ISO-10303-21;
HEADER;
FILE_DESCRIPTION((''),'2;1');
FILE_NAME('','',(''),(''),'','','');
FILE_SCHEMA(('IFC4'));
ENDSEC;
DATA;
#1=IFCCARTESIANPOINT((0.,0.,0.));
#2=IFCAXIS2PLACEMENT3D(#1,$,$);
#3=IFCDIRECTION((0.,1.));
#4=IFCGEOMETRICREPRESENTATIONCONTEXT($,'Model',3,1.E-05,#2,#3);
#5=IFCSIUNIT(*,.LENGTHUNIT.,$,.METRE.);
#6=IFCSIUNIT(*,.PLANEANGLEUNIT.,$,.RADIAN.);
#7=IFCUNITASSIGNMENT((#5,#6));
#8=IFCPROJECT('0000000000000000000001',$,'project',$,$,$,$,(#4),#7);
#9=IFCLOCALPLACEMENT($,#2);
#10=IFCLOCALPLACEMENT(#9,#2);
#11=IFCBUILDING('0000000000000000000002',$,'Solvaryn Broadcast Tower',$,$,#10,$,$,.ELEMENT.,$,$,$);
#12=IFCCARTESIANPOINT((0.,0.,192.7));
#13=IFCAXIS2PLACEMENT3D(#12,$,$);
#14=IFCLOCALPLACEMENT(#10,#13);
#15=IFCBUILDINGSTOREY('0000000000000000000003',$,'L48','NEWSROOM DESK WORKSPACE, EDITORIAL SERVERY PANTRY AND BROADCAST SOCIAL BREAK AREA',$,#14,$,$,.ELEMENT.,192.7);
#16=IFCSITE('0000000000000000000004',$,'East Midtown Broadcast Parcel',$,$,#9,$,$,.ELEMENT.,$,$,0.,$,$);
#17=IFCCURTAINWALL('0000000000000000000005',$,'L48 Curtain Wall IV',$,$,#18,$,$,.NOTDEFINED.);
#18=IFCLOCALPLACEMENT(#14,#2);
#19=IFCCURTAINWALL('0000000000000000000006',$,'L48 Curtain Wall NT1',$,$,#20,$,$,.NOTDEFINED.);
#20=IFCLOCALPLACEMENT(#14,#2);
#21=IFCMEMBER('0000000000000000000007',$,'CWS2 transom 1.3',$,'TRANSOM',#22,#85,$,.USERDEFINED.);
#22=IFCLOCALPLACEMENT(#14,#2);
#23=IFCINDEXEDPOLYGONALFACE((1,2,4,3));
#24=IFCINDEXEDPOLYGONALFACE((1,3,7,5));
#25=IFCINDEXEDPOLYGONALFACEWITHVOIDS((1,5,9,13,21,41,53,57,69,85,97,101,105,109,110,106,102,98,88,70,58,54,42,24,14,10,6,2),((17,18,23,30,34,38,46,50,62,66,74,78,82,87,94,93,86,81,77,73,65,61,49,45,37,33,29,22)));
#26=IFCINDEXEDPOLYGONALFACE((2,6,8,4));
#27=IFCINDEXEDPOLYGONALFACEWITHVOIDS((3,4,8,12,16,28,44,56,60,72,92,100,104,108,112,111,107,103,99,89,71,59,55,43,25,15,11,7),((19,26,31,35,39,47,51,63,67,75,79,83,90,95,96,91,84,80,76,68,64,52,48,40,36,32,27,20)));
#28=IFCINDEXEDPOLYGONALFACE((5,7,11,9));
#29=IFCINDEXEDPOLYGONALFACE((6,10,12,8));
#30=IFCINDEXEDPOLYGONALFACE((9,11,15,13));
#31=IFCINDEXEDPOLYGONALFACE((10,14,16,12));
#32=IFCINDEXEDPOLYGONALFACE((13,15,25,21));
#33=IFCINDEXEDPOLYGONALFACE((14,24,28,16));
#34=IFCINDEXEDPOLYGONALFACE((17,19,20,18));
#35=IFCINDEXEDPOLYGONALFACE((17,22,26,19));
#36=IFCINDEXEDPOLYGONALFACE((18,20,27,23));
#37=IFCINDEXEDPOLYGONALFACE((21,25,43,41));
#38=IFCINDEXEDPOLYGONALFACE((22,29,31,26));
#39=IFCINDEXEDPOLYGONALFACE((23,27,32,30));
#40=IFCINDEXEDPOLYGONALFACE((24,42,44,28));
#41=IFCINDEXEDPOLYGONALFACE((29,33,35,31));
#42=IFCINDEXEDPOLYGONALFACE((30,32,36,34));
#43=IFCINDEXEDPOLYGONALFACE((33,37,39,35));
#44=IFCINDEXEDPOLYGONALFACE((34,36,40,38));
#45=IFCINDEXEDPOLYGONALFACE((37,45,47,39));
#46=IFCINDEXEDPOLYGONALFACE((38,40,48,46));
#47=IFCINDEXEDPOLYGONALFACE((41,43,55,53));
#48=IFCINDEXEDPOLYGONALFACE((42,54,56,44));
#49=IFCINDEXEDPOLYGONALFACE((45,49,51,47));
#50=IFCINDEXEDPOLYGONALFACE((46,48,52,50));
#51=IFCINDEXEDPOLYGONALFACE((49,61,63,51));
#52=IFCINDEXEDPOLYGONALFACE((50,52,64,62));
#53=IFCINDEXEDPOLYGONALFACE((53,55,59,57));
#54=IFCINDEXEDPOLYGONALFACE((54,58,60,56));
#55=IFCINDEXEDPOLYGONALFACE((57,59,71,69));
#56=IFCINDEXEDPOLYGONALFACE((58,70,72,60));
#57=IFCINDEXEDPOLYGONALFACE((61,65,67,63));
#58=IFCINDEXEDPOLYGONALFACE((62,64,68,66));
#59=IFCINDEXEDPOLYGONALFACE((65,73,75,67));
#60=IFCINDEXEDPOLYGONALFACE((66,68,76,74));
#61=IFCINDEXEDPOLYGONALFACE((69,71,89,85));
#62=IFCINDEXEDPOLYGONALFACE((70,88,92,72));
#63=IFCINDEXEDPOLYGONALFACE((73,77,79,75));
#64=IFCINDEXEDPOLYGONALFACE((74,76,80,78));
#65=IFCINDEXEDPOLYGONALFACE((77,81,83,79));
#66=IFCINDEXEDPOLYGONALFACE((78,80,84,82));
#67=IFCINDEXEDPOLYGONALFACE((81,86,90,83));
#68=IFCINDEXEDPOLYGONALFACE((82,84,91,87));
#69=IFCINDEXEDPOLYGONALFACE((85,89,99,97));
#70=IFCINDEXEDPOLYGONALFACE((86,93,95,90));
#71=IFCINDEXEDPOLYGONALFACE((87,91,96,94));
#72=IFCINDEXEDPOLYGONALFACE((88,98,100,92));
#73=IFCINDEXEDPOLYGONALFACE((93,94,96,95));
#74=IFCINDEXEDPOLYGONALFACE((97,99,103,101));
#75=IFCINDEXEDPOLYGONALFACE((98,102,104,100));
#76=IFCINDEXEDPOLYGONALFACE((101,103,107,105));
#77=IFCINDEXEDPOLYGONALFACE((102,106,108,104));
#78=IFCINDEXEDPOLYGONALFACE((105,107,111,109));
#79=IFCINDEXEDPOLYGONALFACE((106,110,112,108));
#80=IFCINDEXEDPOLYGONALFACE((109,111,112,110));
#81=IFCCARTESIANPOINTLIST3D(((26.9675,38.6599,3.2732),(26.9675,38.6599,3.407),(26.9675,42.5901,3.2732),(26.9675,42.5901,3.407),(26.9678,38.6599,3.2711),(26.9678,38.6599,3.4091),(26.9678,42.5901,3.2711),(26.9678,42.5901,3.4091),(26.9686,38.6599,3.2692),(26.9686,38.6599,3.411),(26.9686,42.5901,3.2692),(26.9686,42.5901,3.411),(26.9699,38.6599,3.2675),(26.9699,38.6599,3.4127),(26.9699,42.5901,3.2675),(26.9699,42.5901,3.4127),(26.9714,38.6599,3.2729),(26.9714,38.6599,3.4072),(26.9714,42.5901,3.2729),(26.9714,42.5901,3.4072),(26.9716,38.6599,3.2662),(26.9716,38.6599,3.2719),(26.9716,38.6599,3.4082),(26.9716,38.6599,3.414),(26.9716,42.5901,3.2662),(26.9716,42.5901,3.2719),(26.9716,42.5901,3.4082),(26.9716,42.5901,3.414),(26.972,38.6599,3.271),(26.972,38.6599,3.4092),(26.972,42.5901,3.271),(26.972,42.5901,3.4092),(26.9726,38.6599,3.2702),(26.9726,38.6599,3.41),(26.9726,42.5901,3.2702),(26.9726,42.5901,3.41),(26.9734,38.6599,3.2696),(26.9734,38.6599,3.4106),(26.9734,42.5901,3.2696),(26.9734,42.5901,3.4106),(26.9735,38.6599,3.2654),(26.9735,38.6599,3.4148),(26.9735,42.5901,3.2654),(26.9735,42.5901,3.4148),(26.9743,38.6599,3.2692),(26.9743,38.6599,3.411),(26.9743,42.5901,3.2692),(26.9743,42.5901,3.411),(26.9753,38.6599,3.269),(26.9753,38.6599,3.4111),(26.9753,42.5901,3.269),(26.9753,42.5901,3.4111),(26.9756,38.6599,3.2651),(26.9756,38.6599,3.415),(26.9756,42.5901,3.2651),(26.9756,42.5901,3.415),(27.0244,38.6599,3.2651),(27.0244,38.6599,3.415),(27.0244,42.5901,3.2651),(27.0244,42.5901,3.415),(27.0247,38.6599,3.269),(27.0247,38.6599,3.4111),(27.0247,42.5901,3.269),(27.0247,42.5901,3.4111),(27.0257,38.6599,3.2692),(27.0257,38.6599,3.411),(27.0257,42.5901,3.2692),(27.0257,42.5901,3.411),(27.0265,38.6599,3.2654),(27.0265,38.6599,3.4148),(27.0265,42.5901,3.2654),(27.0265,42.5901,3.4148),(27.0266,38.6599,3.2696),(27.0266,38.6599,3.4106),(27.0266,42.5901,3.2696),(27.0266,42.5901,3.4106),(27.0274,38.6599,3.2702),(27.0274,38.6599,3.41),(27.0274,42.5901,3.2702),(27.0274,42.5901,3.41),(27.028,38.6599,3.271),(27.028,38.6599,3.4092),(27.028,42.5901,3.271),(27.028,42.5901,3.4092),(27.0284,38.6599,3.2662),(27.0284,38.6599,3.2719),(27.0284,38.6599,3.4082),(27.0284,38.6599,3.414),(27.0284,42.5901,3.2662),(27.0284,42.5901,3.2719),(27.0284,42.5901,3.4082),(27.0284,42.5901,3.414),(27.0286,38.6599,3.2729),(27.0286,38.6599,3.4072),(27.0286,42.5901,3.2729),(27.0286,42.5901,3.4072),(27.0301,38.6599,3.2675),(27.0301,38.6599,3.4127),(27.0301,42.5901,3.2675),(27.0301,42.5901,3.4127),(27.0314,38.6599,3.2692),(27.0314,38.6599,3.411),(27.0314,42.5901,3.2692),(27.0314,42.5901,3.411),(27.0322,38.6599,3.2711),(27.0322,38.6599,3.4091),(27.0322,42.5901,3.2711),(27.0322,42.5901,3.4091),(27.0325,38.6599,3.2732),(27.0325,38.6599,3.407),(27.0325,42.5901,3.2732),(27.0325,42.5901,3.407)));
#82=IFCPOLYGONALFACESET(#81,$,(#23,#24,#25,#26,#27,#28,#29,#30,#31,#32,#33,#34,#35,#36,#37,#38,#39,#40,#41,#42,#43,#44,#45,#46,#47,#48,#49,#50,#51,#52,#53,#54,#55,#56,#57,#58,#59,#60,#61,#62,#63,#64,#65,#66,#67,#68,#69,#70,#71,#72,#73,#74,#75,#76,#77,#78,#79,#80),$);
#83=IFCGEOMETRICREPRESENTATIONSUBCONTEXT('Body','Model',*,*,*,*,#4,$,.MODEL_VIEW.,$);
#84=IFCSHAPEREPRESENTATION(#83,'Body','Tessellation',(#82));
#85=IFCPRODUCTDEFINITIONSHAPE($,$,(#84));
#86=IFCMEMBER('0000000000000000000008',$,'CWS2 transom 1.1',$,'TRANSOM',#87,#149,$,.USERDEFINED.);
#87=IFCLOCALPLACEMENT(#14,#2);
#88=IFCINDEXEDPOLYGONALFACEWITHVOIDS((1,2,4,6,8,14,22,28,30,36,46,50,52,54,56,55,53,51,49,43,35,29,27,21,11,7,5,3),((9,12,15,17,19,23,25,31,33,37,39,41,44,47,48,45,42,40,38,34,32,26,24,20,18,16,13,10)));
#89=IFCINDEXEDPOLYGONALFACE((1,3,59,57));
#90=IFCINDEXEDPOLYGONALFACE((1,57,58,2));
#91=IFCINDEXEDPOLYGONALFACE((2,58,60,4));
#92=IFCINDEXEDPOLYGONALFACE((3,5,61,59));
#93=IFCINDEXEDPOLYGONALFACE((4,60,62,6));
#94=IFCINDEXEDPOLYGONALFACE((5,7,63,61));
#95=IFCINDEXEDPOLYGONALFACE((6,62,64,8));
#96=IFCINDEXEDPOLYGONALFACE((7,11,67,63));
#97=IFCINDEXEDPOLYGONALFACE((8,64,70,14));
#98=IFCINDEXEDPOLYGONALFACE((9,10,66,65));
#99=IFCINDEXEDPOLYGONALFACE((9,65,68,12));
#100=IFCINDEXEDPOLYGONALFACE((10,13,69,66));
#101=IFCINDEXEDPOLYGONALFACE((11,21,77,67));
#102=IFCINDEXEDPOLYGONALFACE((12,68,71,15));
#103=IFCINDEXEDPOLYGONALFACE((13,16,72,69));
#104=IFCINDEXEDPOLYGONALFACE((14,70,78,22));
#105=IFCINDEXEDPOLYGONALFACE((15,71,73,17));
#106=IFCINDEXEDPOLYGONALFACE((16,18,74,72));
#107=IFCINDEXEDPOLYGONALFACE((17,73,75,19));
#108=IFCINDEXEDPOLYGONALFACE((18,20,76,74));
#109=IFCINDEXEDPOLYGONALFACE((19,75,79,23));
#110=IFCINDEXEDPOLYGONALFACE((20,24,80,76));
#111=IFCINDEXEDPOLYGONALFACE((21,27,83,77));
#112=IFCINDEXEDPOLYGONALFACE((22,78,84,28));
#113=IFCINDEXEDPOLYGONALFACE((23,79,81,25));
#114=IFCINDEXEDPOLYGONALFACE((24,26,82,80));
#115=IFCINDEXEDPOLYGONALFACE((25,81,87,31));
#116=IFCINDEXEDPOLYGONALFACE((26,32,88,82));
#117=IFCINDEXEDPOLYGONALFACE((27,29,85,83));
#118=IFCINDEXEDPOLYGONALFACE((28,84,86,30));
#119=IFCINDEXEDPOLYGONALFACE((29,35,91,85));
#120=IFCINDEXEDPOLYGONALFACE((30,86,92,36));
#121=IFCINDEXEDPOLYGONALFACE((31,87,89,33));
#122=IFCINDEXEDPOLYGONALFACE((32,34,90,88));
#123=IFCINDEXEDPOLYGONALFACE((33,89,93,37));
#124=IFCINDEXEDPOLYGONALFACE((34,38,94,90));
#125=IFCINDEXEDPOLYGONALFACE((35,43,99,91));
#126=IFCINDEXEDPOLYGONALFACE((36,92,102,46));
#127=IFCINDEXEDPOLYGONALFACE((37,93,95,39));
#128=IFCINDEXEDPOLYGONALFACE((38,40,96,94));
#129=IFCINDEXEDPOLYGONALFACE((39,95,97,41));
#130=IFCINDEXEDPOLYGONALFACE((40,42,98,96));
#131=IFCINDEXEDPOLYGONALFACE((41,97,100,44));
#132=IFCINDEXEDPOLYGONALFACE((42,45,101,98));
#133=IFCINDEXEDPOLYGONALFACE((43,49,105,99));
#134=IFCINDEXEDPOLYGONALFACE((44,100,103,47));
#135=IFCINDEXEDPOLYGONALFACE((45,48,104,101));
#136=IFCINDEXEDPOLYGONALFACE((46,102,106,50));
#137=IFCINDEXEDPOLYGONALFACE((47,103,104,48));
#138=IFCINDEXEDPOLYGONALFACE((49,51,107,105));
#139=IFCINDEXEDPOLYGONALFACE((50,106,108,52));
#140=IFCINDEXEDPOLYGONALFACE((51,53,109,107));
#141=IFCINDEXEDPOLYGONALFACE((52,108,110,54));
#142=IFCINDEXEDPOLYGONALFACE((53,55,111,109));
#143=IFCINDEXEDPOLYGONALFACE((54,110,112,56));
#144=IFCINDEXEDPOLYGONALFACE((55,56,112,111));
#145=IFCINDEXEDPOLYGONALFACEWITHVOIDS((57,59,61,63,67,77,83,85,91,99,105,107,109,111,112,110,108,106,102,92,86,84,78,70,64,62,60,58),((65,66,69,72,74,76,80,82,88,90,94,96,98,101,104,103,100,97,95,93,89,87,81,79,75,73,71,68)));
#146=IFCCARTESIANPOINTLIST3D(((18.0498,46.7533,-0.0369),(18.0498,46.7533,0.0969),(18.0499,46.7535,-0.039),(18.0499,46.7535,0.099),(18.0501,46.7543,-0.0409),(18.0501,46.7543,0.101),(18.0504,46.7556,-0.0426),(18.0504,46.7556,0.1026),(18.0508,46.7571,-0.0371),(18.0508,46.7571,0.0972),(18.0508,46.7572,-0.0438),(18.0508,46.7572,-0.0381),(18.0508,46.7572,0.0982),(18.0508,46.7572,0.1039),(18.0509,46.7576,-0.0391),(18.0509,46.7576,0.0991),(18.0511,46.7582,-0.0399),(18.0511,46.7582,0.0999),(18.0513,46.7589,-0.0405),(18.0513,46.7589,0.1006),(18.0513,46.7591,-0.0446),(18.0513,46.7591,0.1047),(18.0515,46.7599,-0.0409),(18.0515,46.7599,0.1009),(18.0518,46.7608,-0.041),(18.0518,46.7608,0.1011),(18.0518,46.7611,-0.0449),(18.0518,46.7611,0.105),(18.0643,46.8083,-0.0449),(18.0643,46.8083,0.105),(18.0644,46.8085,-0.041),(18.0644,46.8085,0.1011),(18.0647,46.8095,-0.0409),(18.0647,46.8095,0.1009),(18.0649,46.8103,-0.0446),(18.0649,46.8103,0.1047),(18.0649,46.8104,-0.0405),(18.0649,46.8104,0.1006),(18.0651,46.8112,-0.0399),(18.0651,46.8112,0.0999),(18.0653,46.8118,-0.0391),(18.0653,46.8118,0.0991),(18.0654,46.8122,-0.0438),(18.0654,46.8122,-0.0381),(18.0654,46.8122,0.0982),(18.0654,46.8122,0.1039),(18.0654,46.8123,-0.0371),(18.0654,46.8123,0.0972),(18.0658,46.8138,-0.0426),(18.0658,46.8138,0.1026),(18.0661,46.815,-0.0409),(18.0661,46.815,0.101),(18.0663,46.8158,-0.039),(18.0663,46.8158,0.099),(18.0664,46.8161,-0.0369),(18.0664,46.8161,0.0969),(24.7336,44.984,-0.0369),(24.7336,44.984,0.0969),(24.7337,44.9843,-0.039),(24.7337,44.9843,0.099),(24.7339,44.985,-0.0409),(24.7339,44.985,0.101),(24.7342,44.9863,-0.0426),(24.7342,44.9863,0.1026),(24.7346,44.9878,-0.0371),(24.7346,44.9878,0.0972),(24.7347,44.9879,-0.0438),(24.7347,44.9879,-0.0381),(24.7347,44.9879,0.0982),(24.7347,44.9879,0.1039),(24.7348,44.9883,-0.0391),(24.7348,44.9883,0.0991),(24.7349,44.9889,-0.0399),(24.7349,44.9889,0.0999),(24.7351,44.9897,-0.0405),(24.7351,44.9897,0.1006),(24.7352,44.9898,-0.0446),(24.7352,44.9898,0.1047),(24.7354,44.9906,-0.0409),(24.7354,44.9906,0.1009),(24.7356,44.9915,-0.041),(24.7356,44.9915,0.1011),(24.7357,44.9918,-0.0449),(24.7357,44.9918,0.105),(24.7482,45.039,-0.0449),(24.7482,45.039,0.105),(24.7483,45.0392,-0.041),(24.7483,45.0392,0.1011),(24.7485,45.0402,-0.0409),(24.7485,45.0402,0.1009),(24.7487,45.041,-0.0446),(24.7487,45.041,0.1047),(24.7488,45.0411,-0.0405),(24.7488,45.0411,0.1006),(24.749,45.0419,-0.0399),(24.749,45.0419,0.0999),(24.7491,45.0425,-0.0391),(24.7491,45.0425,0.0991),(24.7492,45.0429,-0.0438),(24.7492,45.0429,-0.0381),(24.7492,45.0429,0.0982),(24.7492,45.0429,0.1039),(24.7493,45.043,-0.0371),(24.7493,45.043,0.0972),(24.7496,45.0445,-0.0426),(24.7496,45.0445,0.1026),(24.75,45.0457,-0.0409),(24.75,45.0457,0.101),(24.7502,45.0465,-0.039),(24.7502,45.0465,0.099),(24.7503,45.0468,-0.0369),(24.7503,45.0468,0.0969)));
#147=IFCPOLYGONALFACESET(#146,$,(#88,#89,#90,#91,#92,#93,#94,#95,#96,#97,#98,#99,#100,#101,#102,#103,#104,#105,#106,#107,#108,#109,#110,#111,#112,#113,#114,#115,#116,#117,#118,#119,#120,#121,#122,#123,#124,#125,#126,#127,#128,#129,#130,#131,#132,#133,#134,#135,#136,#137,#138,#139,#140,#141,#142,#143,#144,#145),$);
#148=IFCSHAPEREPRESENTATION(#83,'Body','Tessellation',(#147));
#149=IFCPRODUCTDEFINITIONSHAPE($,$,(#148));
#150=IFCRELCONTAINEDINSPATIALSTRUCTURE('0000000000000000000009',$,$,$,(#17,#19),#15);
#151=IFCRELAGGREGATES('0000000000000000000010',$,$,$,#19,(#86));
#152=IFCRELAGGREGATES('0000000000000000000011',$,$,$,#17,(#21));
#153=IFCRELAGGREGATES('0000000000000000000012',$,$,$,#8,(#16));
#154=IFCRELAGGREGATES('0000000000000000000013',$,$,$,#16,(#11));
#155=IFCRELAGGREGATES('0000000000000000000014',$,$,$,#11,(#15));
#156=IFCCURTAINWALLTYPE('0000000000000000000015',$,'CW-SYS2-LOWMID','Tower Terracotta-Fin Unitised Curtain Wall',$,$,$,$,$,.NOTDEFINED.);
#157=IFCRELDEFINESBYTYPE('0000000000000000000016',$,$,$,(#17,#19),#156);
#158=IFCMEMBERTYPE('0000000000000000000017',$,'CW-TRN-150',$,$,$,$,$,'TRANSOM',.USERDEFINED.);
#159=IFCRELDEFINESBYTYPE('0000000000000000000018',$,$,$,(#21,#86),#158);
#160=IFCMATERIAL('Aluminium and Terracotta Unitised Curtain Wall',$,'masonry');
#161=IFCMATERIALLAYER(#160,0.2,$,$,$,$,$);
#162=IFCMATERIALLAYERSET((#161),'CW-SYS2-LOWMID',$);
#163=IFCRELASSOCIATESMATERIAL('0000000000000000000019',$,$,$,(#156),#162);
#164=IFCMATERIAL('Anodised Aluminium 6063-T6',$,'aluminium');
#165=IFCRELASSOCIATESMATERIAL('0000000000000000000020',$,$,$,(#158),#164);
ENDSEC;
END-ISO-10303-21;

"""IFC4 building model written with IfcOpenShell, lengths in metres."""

from ifc_helpers import new_model, si_unit, direction, frame, origin, origin_2d, place, context, subcontext, project, spatial, hollow_rectangle, extrude, material, layer, layer_set, material_profile, profile_set, type_object, element, aggregate, save


model = new_model("IFC4")

# Units and contexts
model_context = context("Model", 3, precision=1e-05, world=origin(), true_north=direction((0.0, 1.0)))
body_context = subcontext(model_context, "Body", "Model", "MODEL_VIEW")
ifc_project = project(units=[si_unit("LENGTHUNIT", "METRE"), si_unit("PLANEANGLEUNIT", "RADIAN")], contexts=[model_context])

# Site, building, storey
site_placement = place(None, origin())
site = spatial("IfcSite", under=ifc_project, at=site_placement, Name="East Midtown Broadcast Parcel", CompositionType="ELEMENT", RefElevation=0.0)
building_placement = place(site_placement, origin())
building = spatial("IfcBuilding", under=site, at=building_placement, Name="Solvaryn Broadcast Tower", CompositionType="ELEMENT")
storey_placement = place(building_placement, frame((0.0, 0.0, 192.7)))
storey = spatial("IfcBuildingStorey", under=building, at=storey_placement, Name="L48", Description="NEWSROOM DESK WORKSPACE, EDITORIAL SERVERY PANTRY AND BROADCAST SOCIAL BREAK AREA", CompositionType="ELEMENT", Elevation=192.7)

# Curtain wall
ifc_material_1 = material(Name="Aluminium and Terracotta Unitised Curtain Wall", Category="masonry")
ifc_layer_1 = layer(ifc_material_1, 0.2)
ifc_layer_set_1 = layer_set([ifc_layer_1], Name="CW-SYS2-LOWMID")
curtain_wall_type = type_object("IfcCurtainWallType", Name="CW-SYS2-LOWMID", Description="Tower Terracotta-Fin Unitised Curtain Wall", PredefinedType="NOTDEFINED", material=ifc_layer_set_1)
curtain_wall_1_placement = place(storey_placement, origin())
curtain_wall_1 = element("IfcCurtainWall", 1, at=curtain_wall_1_placement, inside=storey, type_object=curtain_wall_type, Name="L48 Curtain Wall IV", PredefinedType="NOTDEFINED")

# Curtain wall
curtain_wall_2_placement = place(storey_placement, origin())
curtain_wall_2 = element("IfcCurtainWall", 2, at=curtain_wall_2_placement, inside=storey, type_object=curtain_wall_type, Name="L48 Curtain Wall NT1", PredefinedType="NOTDEFINED")

# Members
ifc_material_2 = material(Name="Anodised Aluminium 6063-T6", Category="aluminium")
ifc_material_profile_1 = material_profile(ifc_material_2, hollow_rectangle(XDim=0.0649, YDim=0.1499, WallThickness=0.0039, InnerFilletRadius=0.0039, OuterFilletRadius=0.0081, at=origin_2d()))
ifc_profile_set_1 = profile_set([ifc_material_profile_1], Name="Anodised Aluminium 6063-T6")
member_type_1 = type_object("IfcMemberType", Name="CW-TRN-150", ElementType="TRANSOM", PredefinedType="USERDEFINED", material=ifc_profile_set_1)
member_1_placement = place(storey_placement, frame((27.0, 42.5901, 3.3401), z_axis=(0.0, -1.0, 0.0), x_axis=(1.0, 0.0, 0.0)))
member_1 = element("IfcMember", 3, at=member_1_placement, type_object=member_type_1, Name="CWS2 transom 1.3", ObjectType="TRANSOM", PredefinedType="USERDEFINED", context=body_context, shape_type="SweptSolid", body=[
    extrude(hollow_rectangle(XDim=0.0649, YDim=0.1499, WallThickness=0.0039, InnerFilletRadius=0.0039, OuterFilletRadius=0.0081, at=origin_2d()), origin(), (0.0, 0.0, 1.0), 3.9302),
])
member_2_placement = place(storey_placement, frame((24.7419, 45.0154, 0.03), z_axis=(-0.966704, 0.255897, 0.0), x_axis=(-0.255897, -0.966704, 0.0)))
member_2 = element("IfcMember", 4, at=member_2_placement, type_object=member_type_1, Name="CWS2 transom 1.1", ObjectType="TRANSOM", PredefinedType="USERDEFINED", context=body_context, shape_type="SweptSolid", body=[
    extrude(hollow_rectangle(XDim=0.0649, YDim=0.1499, WallThickness=0.0039, InnerFilletRadius=0.0039, OuterFilletRadius=0.0081, at=origin_2d()), origin(), (0.0, 0.0, 1.0), 6.9141),
])
aggregate(curtain_wall_2, [member_2])

aggregate(curtain_wall_1, [member_1])

save(model, "model.ifc")
